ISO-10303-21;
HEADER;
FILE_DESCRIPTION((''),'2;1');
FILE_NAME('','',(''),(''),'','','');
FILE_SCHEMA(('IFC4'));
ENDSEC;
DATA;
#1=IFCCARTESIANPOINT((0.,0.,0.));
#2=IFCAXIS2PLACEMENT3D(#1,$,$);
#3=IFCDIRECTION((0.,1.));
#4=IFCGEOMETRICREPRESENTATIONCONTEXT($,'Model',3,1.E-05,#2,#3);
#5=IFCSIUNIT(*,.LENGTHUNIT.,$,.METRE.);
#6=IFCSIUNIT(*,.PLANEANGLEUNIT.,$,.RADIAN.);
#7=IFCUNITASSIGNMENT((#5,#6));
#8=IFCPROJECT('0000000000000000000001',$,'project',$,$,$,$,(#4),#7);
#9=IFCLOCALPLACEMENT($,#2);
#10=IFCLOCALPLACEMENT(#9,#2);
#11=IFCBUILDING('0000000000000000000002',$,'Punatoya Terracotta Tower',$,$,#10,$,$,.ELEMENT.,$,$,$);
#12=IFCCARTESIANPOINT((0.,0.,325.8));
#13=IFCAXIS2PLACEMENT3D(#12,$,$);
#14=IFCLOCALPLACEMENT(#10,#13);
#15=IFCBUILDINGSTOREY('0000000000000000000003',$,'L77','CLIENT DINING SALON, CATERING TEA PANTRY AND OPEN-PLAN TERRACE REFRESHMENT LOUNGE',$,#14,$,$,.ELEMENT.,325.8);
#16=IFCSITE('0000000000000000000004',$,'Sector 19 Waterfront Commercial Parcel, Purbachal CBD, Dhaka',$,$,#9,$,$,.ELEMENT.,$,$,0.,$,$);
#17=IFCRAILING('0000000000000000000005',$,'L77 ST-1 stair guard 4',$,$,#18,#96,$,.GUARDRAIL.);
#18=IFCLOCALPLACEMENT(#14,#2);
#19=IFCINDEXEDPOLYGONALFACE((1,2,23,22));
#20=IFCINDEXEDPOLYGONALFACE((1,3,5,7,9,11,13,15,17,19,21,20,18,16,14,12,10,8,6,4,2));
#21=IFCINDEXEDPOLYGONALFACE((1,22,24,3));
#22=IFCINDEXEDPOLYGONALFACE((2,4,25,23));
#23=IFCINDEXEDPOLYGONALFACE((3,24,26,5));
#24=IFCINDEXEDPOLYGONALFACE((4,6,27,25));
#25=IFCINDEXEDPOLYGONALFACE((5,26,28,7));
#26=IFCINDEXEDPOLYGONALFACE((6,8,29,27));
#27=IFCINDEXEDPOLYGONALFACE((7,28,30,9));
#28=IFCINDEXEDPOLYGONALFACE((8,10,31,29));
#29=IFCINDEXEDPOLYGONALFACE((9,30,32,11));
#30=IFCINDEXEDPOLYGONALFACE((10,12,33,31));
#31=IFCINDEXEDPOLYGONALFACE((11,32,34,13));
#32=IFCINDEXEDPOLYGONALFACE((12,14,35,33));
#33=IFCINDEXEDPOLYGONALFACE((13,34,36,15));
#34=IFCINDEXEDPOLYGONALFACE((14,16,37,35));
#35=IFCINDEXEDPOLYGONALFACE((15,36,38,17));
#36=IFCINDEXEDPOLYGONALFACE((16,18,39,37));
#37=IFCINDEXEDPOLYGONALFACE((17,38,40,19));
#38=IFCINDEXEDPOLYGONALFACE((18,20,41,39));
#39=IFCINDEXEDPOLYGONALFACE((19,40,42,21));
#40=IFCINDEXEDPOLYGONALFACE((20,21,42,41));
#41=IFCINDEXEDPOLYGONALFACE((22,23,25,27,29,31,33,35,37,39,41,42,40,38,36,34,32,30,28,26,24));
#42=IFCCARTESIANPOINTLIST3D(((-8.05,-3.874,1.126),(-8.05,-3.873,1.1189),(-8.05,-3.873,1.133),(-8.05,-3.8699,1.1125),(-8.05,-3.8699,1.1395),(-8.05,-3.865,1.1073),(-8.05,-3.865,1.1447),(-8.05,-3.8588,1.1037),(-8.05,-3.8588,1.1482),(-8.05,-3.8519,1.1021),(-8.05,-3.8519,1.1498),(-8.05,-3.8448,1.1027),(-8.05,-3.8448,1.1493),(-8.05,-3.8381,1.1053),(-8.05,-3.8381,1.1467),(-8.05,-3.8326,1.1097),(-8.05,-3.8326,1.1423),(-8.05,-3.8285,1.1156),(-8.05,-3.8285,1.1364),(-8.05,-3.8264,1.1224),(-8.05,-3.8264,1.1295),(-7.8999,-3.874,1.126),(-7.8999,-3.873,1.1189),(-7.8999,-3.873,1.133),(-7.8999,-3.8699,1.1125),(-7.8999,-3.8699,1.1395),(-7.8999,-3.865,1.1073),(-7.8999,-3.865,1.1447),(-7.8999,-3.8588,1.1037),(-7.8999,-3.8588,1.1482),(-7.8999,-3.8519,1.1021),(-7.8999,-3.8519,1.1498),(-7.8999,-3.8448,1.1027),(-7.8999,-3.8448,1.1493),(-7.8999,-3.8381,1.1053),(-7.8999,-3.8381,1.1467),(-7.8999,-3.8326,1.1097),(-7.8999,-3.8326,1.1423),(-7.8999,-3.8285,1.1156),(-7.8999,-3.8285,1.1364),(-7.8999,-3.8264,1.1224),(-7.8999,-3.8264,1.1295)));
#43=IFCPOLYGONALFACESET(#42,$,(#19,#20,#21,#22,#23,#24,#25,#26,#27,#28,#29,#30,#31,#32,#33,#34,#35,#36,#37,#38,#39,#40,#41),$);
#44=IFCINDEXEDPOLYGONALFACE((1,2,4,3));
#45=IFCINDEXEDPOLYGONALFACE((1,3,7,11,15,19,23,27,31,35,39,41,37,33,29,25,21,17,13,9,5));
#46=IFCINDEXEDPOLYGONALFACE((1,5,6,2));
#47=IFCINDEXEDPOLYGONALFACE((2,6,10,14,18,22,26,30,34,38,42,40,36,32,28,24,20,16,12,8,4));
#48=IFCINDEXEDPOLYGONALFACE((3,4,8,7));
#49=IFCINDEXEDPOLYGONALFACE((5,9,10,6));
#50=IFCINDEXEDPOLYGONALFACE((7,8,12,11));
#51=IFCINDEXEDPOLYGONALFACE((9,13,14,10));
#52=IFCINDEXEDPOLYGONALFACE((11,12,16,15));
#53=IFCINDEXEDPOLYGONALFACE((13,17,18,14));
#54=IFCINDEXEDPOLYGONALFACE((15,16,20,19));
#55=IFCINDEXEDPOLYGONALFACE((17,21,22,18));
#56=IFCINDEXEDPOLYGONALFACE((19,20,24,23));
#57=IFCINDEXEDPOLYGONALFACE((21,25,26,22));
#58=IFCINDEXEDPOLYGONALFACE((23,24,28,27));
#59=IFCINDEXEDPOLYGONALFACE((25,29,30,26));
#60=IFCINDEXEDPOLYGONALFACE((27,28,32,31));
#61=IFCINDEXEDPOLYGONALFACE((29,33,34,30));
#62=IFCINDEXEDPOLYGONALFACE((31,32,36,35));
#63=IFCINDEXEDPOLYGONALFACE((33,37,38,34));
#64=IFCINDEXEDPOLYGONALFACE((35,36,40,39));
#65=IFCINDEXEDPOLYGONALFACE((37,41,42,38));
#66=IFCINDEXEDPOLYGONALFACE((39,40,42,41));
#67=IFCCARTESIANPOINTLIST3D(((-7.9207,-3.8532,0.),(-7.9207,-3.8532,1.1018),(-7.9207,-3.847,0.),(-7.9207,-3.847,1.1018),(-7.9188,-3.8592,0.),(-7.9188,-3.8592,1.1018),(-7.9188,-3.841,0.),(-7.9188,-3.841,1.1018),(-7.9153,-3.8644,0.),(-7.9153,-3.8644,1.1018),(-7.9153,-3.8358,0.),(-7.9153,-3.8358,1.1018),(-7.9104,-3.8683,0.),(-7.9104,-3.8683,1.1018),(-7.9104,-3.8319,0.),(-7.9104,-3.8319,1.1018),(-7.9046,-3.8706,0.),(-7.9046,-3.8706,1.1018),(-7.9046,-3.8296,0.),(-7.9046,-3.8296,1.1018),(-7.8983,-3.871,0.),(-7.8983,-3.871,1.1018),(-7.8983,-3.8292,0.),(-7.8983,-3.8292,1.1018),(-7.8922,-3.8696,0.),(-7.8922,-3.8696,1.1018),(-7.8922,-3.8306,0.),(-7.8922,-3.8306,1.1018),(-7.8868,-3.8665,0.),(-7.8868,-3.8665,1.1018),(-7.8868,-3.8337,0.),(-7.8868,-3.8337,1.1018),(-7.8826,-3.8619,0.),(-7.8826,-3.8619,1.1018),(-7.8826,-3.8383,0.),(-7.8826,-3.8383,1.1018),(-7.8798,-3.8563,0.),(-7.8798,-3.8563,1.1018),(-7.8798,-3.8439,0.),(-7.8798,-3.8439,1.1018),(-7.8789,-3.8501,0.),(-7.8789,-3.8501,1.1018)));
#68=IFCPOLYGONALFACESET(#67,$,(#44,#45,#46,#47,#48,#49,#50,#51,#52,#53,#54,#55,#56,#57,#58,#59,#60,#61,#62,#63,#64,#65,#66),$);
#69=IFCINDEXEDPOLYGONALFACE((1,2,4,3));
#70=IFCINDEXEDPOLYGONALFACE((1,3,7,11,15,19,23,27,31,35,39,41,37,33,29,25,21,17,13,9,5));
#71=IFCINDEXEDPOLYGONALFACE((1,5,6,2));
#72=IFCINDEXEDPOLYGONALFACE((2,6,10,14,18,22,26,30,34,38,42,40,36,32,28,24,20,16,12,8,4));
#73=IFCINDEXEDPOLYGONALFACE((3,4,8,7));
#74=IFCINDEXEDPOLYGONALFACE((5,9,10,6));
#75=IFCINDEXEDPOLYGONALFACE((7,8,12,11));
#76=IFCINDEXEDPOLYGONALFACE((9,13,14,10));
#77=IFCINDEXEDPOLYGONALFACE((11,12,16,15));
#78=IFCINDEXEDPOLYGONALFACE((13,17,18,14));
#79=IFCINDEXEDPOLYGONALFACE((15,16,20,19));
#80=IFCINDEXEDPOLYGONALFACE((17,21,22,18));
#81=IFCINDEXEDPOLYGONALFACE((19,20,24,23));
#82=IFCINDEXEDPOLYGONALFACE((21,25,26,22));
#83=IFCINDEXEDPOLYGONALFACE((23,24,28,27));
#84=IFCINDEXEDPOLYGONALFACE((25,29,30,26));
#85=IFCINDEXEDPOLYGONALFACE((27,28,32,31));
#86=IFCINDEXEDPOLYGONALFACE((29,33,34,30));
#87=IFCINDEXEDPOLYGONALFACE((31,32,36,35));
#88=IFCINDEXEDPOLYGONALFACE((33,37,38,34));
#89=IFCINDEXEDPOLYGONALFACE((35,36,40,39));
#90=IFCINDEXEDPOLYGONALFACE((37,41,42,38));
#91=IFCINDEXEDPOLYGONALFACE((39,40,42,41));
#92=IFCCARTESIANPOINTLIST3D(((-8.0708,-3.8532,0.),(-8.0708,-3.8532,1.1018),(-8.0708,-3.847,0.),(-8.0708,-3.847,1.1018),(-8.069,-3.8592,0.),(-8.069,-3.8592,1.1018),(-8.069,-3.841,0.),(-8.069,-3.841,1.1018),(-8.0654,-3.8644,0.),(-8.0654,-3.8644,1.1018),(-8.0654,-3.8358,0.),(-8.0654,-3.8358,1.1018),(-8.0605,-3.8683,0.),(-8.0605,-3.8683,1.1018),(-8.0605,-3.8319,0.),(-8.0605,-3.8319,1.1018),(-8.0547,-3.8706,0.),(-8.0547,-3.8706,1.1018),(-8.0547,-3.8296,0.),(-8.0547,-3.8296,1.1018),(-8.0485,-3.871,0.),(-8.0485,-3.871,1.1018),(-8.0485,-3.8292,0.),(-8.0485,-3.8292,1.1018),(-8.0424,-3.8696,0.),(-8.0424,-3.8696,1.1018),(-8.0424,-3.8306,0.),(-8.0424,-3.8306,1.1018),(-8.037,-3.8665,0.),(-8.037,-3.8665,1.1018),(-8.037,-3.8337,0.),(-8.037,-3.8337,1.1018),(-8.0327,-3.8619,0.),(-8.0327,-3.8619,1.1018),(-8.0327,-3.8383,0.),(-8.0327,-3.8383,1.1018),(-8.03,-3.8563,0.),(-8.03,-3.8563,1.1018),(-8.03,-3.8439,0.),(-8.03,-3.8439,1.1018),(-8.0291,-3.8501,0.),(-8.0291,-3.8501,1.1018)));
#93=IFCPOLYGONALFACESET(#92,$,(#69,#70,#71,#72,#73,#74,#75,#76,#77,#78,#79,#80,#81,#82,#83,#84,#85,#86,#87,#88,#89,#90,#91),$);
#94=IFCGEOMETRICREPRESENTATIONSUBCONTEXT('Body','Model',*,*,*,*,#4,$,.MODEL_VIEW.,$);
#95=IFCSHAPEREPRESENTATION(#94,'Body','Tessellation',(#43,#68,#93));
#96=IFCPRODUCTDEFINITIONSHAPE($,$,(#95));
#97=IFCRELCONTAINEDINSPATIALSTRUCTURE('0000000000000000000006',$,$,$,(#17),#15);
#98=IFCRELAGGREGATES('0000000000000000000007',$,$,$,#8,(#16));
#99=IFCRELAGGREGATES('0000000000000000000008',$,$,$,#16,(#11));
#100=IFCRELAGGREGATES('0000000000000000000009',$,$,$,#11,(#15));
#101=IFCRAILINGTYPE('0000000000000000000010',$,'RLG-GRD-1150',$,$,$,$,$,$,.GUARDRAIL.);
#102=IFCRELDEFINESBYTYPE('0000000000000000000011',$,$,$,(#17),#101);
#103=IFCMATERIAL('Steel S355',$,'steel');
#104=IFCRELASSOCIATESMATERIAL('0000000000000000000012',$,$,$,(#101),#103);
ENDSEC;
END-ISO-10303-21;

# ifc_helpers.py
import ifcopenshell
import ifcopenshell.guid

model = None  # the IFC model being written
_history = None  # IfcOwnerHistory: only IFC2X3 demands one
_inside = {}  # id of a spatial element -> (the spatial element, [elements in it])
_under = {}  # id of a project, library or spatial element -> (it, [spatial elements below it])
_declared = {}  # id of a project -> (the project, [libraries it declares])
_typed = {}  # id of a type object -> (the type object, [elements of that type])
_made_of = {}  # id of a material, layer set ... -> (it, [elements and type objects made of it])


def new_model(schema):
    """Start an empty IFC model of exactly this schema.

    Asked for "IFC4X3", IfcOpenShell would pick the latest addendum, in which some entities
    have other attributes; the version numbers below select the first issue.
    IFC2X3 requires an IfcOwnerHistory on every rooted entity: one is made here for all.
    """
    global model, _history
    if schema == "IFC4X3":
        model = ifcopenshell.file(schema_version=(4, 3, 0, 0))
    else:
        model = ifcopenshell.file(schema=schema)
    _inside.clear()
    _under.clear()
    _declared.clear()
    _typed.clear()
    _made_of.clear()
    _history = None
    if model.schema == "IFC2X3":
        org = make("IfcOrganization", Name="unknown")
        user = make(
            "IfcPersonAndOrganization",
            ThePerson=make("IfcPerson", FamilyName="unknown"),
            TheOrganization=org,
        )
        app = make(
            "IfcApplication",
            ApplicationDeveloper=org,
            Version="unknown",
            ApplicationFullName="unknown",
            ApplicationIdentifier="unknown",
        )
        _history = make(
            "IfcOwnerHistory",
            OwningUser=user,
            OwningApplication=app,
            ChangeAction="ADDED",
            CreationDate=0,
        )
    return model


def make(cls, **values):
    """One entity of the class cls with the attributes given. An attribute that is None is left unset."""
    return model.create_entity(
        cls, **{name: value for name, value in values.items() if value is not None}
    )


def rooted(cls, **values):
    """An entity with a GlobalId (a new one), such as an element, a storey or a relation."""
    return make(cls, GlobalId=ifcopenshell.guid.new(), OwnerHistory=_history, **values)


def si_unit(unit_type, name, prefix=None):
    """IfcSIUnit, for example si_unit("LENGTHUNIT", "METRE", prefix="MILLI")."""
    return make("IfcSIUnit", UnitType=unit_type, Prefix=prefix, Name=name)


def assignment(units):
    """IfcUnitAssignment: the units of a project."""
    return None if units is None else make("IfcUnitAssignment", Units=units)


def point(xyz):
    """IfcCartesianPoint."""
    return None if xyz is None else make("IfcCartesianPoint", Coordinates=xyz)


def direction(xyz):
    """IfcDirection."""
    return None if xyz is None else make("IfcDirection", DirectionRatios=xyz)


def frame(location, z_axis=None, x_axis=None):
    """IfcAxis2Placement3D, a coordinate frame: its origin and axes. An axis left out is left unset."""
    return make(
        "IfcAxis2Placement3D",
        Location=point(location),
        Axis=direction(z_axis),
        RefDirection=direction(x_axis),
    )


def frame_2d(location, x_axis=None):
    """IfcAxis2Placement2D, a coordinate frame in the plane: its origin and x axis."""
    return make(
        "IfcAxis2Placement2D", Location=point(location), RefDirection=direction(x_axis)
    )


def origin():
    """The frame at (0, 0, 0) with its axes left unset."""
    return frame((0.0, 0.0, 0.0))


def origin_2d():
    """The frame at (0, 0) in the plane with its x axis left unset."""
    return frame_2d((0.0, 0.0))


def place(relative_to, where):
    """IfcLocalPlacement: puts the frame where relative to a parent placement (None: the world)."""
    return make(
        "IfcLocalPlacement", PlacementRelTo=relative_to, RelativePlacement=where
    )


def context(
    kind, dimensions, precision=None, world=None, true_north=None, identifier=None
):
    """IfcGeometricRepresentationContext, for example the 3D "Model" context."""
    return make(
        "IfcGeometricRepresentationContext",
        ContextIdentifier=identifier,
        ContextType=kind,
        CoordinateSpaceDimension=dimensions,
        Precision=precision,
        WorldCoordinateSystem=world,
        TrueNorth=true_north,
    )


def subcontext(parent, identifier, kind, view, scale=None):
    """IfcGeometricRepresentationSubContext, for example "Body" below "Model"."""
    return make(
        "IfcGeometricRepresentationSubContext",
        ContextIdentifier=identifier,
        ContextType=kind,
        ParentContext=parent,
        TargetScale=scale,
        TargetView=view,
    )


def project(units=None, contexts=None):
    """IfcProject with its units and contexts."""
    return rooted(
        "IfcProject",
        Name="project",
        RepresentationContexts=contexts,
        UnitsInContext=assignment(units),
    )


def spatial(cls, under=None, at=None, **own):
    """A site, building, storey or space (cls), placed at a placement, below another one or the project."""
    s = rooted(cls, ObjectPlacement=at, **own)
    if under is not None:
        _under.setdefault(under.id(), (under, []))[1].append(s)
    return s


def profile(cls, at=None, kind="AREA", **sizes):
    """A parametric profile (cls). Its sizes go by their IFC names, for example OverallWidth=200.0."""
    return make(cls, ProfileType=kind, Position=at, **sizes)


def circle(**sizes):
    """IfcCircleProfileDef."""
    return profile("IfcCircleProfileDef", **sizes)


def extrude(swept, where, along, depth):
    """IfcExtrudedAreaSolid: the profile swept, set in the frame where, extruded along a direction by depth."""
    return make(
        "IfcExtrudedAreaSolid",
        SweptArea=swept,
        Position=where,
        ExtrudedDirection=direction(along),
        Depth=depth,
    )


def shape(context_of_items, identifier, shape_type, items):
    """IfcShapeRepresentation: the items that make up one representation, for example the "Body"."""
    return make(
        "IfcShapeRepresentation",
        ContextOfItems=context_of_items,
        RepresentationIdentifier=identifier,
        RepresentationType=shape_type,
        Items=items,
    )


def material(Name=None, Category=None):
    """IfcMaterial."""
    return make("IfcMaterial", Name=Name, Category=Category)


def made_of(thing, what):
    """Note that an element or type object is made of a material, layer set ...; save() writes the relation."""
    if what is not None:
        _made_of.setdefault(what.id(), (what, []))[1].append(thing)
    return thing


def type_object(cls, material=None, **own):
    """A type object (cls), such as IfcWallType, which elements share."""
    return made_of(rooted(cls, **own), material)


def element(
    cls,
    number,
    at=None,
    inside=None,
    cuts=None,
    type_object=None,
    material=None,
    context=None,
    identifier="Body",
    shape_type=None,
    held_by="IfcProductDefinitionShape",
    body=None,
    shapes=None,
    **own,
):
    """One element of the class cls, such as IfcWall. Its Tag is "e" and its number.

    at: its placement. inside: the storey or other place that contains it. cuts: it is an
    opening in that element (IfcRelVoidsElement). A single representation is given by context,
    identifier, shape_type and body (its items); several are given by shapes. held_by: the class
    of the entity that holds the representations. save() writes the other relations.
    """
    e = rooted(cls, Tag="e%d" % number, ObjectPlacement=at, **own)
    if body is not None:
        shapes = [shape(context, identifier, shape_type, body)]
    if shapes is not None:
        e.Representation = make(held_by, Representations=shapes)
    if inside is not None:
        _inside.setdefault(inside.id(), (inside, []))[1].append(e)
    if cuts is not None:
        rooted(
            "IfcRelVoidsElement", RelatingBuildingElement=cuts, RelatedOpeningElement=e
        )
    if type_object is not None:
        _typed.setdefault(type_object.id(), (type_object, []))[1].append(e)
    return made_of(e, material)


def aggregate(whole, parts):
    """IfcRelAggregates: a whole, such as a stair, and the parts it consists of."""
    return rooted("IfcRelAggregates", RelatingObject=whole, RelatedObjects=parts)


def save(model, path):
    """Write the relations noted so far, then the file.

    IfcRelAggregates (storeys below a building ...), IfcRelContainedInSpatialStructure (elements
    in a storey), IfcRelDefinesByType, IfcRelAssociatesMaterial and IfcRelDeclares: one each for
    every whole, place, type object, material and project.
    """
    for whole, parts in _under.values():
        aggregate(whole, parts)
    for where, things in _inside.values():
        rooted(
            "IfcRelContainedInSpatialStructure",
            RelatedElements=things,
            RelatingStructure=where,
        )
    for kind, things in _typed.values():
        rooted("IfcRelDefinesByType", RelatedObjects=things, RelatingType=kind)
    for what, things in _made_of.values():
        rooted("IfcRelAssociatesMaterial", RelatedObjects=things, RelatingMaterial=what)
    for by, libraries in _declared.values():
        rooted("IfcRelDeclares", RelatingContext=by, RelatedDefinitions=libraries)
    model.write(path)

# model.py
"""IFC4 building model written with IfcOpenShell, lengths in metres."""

from ifc_helpers import new_model, si_unit, direction, frame, origin, origin_2d, place, context, subcontext, project, spatial, circle, extrude, material, type_object, element, save


model = new_model("IFC4")

# Units and contexts
model_context = context("Model", 3, precision=1e-05, world=origin(), true_north=direction((0.0, 1.0)))
body_context = subcontext(model_context, "Body", "Model", "MODEL_VIEW")
ifc_project = project(units=[si_unit("LENGTHUNIT", "METRE"), si_unit("PLANEANGLEUNIT", "RADIAN")], contexts=[model_context])

# Site, building, storey
site_placement = place(None, origin())
site = spatial("IfcSite", under=ifc_project, at=site_placement, Name="Sector 19 Waterfront Commercial Parcel, Purbachal CBD, Dhaka", CompositionType="ELEMENT", RefElevation=0.0)
building_placement = place(site_placement, origin())
building = spatial("IfcBuilding", under=site, at=building_placement, Name="Punatoya Terracotta Tower", CompositionType="ELEMENT")
storey_placement = place(building_placement, frame((0.0, 0.0, 325.8)))
storey = spatial("IfcBuildingStorey", under=building, at=storey_placement, Name="L77", Description="CLIENT DINING SALON, CATERING TEA PANTRY AND OPEN-PLAN TERRACE REFRESHMENT LOUNGE", CompositionType="ELEMENT", Elevation=325.8)

# Shared definitions
ifc_material_1 = material(Name="Steel S355", Category="steel")

# Railing
railing_type_1 = type_object("IfcRailingType", Name="RLG-GRD-1150", PredefinedType="GUARDRAIL", material=ifc_material_1)
railing_1_placement = place(storey_placement, frame((-7.8999, -3.8501, 0.0)))
element("IfcRailing", 1, at=railing_1_placement, inside=storey, type_object=railing_type_1, Name="L77 ST-1 stair guard 4", PredefinedType="GUARDRAIL", context=body_context, shape_type="SweptSolid", body=[
    extrude(circle(Radius=0.0239, at=origin_2d()), frame((0.0, 0.0, 1.126), z_axis=(-1.0, 0.0, 0.0), x_axis=(0.0, -1.0, 0.0)), (0.0, 0.0, 1.0), 0.1501),
    extrude(circle(Radius=0.021, at=origin_2d()), origin(), (0.0, 0.0, 1.0), 1.1018),
    extrude(circle(Radius=0.021, at=origin_2d()), frame((-0.1501, 0.0, 0.0)), (0.0, 0.0, 1.0), 1.1018),
])

save(model, "model.ifc")
